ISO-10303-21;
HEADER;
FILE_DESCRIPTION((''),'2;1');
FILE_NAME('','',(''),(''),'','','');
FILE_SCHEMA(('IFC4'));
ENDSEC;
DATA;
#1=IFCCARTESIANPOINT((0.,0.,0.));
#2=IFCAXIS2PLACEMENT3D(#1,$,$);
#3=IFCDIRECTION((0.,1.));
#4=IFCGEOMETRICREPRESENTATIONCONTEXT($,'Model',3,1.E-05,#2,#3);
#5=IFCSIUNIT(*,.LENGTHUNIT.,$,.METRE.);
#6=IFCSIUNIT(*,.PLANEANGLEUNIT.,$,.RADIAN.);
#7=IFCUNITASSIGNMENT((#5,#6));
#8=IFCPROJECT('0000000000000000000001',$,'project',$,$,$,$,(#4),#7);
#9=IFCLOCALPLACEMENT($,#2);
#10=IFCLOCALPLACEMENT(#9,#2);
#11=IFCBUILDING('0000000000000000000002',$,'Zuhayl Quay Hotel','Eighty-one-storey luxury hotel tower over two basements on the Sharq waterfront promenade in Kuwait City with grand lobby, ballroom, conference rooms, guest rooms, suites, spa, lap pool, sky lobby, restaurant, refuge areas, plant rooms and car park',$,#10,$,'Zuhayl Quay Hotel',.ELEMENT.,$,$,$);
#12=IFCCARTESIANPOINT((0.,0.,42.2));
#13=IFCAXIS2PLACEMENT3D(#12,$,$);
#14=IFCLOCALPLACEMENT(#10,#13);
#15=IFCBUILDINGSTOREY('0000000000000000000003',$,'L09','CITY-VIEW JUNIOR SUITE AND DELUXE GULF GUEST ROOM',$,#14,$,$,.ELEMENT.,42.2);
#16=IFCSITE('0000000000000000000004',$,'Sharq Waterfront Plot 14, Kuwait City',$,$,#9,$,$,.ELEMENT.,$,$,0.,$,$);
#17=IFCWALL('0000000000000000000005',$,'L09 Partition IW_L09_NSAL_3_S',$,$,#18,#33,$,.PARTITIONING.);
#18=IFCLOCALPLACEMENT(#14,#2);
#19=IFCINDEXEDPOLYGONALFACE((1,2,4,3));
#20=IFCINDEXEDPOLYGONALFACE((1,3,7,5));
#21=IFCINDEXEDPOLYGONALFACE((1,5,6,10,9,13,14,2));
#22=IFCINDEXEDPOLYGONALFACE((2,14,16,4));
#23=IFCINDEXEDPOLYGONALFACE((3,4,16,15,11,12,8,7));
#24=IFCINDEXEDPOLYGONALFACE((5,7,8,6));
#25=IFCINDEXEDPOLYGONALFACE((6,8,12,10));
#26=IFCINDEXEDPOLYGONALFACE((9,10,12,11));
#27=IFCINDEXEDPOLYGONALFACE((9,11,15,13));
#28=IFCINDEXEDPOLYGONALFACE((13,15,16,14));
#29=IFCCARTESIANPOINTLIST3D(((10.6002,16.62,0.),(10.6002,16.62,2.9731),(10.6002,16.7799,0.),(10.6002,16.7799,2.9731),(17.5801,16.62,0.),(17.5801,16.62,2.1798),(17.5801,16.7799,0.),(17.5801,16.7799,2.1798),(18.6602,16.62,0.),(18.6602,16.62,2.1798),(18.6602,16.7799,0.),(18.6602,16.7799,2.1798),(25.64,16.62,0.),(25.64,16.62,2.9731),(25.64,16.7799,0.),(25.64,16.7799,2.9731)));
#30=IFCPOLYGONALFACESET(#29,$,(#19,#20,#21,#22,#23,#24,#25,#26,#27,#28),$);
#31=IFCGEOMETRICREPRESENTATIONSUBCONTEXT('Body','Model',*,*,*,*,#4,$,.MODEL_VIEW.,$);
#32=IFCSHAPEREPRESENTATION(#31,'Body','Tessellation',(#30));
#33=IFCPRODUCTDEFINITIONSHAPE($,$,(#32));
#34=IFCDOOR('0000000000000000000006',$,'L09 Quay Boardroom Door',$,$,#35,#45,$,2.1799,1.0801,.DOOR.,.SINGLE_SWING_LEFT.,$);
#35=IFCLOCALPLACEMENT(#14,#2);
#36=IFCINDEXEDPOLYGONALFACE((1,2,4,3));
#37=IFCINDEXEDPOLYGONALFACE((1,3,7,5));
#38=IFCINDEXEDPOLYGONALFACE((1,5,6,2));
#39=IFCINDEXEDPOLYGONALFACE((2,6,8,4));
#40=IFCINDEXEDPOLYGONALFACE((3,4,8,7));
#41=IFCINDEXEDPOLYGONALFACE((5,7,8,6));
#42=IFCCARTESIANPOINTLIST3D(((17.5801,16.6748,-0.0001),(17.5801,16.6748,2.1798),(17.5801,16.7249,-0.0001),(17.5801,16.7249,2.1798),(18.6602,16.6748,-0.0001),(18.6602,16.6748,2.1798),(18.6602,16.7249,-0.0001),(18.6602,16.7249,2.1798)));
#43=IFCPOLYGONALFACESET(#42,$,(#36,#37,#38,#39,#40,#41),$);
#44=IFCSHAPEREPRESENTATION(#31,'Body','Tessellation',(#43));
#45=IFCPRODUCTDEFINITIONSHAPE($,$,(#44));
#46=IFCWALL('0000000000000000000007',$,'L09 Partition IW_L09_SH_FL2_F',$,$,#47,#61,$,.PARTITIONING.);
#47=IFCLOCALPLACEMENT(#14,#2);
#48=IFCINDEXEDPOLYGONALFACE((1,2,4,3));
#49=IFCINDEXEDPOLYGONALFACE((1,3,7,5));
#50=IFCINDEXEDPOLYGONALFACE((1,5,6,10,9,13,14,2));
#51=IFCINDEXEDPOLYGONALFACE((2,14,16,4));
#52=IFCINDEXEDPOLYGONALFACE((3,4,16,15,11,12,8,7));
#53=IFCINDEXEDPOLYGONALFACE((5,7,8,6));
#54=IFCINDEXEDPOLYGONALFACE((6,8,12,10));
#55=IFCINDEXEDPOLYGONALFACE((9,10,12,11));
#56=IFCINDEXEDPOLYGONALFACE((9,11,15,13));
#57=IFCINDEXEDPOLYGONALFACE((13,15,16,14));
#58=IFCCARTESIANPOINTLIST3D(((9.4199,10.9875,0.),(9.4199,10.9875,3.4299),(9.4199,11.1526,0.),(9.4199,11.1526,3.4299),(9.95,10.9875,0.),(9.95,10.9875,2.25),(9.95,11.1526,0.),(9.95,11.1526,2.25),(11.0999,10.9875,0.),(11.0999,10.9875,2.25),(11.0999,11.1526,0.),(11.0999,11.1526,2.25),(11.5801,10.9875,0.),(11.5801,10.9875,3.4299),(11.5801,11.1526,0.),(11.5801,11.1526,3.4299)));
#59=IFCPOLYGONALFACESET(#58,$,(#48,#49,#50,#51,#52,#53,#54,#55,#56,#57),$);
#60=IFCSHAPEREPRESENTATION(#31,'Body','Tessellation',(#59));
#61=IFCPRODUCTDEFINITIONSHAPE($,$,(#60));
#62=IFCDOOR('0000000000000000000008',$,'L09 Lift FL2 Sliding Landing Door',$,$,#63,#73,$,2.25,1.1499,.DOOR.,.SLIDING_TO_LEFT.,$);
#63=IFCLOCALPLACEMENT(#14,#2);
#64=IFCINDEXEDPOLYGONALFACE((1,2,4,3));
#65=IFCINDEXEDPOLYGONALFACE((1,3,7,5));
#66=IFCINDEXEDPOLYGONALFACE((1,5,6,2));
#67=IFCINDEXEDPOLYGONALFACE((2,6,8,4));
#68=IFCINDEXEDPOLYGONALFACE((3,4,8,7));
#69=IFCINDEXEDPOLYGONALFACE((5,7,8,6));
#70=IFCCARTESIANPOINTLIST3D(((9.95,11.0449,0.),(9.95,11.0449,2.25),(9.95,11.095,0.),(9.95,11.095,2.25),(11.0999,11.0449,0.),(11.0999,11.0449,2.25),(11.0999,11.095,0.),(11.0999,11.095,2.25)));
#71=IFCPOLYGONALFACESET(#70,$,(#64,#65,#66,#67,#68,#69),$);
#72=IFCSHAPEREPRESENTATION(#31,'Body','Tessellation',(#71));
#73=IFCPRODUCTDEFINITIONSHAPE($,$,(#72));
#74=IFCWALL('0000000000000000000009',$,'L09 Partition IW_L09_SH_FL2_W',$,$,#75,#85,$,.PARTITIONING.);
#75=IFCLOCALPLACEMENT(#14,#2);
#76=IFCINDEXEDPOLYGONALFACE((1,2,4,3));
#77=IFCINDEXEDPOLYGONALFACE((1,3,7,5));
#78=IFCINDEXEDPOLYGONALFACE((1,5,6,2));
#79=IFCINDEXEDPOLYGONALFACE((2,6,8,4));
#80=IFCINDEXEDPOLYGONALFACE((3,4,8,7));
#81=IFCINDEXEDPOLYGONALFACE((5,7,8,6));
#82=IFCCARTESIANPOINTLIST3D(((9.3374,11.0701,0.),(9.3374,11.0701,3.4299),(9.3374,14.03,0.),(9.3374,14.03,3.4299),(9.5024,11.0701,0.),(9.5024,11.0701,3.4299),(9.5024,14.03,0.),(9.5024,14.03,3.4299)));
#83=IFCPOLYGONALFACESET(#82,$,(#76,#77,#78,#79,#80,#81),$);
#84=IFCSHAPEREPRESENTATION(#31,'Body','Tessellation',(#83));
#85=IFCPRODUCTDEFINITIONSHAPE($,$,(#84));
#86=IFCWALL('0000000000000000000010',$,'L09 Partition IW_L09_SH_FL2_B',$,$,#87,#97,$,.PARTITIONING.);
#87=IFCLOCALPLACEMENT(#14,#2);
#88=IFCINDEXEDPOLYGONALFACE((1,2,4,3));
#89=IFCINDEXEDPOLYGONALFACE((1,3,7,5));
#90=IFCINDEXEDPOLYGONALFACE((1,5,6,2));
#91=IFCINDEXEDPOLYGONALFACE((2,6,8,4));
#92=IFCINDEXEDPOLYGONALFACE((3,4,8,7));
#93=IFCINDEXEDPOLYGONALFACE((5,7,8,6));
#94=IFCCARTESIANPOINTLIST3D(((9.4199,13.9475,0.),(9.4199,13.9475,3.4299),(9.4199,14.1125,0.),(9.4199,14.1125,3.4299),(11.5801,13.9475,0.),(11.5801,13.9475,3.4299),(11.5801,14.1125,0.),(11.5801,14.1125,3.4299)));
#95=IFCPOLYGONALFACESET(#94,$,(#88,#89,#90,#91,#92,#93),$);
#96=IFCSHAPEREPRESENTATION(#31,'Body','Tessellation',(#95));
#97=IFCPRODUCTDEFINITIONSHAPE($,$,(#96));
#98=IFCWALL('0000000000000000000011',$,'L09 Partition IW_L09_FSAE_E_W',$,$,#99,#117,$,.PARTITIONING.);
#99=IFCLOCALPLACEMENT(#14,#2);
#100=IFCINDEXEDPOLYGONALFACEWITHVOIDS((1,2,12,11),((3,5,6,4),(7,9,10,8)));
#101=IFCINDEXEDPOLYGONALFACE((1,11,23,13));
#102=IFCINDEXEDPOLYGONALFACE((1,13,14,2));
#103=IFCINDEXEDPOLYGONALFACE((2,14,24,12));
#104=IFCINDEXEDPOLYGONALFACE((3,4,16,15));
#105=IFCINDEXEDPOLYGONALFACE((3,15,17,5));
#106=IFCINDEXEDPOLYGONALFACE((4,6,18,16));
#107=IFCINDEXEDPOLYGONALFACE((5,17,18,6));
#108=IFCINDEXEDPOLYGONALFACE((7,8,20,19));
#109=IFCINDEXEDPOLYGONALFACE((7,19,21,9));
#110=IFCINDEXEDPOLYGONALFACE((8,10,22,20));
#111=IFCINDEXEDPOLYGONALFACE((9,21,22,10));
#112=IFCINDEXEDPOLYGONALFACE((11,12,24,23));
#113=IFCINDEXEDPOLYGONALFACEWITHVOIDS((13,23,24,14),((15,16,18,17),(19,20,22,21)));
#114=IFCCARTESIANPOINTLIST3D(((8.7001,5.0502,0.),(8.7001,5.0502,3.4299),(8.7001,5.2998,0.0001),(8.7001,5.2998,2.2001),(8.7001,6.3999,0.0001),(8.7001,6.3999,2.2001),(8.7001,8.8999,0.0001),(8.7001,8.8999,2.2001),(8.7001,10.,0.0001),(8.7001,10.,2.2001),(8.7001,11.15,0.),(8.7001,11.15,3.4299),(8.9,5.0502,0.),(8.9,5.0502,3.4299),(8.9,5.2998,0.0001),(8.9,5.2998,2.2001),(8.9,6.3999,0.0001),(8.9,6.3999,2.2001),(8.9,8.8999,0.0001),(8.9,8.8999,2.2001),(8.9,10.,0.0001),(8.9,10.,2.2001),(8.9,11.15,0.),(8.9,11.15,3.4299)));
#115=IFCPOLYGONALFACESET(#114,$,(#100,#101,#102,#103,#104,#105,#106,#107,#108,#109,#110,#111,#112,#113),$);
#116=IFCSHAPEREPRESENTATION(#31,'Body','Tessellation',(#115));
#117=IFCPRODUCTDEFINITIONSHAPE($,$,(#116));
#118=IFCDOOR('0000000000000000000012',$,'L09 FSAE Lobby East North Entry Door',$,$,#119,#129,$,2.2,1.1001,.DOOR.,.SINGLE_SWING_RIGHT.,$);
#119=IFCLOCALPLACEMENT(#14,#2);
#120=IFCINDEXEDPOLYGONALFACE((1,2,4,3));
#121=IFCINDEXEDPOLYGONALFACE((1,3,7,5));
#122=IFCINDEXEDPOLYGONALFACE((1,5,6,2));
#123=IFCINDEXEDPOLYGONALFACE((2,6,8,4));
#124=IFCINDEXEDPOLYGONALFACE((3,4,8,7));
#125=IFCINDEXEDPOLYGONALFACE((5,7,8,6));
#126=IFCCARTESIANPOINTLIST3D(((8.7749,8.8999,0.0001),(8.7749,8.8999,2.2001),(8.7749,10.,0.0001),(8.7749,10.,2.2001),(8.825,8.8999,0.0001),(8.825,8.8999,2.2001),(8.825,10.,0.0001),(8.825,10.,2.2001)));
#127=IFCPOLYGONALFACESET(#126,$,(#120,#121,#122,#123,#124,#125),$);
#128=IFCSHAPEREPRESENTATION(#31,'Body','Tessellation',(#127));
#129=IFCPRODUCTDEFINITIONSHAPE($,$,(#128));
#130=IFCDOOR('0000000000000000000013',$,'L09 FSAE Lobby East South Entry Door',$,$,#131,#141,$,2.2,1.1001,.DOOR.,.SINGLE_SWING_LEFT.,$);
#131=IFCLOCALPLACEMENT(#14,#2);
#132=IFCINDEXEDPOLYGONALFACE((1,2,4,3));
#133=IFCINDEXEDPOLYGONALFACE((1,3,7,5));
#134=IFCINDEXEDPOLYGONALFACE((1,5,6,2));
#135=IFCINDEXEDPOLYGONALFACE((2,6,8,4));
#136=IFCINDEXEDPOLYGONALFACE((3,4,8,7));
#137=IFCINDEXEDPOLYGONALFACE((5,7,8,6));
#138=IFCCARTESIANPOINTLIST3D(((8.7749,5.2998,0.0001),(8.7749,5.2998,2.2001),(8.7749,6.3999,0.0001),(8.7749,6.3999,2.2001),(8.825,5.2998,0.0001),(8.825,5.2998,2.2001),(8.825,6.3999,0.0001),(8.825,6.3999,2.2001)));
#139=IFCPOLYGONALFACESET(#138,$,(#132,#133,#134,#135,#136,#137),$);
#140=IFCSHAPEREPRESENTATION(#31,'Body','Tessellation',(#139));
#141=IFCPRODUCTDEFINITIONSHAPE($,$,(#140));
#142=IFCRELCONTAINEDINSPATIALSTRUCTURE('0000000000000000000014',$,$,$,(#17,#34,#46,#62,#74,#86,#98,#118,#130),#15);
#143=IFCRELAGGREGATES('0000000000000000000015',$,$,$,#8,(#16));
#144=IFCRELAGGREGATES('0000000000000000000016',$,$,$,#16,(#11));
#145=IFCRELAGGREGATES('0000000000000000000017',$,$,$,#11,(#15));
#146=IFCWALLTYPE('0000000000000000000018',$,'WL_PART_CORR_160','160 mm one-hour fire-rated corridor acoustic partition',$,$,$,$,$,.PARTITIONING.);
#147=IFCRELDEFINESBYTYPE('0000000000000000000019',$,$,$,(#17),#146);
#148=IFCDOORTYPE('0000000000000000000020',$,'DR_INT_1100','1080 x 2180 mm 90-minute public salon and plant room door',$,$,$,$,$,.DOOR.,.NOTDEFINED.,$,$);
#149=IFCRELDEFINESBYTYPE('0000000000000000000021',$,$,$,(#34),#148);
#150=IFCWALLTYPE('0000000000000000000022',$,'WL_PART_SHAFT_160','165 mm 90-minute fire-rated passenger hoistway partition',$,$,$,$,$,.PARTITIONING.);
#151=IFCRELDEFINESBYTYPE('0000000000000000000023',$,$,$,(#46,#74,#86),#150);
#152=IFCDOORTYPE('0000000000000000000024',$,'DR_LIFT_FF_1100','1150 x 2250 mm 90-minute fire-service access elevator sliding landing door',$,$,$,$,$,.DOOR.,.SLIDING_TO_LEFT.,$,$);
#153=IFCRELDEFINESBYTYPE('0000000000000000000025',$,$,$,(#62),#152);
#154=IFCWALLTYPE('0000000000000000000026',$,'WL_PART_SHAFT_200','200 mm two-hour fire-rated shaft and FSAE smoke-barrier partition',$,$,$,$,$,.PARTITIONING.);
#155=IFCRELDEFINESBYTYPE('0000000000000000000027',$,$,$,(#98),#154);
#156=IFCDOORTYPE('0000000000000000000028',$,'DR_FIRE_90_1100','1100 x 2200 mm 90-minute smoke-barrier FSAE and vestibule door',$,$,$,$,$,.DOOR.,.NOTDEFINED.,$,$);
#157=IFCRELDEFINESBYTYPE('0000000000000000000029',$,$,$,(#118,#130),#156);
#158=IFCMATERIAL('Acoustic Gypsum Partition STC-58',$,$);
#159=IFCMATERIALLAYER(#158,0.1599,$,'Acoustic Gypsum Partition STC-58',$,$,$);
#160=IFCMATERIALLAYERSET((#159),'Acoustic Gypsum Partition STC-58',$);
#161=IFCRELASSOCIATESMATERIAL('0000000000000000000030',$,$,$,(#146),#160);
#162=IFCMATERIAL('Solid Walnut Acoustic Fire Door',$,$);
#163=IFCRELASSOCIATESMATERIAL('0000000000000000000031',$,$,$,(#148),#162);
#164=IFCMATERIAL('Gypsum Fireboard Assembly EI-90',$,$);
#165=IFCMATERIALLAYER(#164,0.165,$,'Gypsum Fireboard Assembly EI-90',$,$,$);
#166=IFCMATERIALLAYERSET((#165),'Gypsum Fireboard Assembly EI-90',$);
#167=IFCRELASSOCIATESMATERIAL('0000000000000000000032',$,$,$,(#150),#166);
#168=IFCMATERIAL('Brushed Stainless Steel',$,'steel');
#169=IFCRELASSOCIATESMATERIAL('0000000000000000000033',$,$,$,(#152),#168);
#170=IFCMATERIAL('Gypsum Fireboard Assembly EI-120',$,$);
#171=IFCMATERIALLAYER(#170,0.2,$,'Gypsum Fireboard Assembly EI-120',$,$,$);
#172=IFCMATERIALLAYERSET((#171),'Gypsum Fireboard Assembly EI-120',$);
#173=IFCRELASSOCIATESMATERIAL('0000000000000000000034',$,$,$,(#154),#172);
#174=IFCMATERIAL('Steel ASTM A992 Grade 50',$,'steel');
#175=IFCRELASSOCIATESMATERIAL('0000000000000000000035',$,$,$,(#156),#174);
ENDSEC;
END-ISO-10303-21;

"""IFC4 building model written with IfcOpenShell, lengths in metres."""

from ifc_helpers import new_model, si_unit, direction, frame, frame_2d, origin, place, context, subcontext, project, spatial, rectangle, extrude, material, layer, layer_set, type_object, element, fill, save


model = new_model("IFC4")

# Units and contexts
model_context = context("Model", 3, precision=1e-05, world=origin(), true_north=direction((0.0, 1.0)))
body_context = subcontext(model_context, "Body", "Model", "MODEL_VIEW")
ifc_project = project(units=[si_unit("LENGTHUNIT", "METRE"), si_unit("PLANEANGLEUNIT", "RADIAN")], contexts=[model_context])

# Site, building, storey
site_placement = place(None, origin())
site = spatial("IfcSite", under=ifc_project, at=site_placement, Name="Sharq Waterfront Plot 14, Kuwait City", CompositionType="ELEMENT", RefElevation=0.0)
building_placement = place(site_placement, origin())
building = spatial("IfcBuilding", under=site, at=building_placement, Name="Zuhayl Quay Hotel", Description="Eighty-one-storey luxury hotel tower over two basements on the Sharq waterfront promenade in Kuwait City with grand lobby, ballroom, conference rooms, guest rooms, suites, spa, lap pool, sky lobby, restaurant, refuge areas, plant rooms and car park", LongName="Zuhayl Quay Hotel", CompositionType="ELEMENT")
storey_placement = place(building_placement, frame((0.0, 0.0, 42.2)))
storey = spatial("IfcBuildingStorey", under=building, at=storey_placement, Name="L09", Description="CITY-VIEW JUNIOR SUITE AND DELUXE GULF GUEST ROOM", CompositionType="ELEMENT", Elevation=42.2)

# Shared definitions
ifc_material_1 = material(Name="Steel ASTM A992 Grade 50", Category="steel")

# Shared definitions
ifc_material_2 = material(Name="Acoustic Gypsum Partition STC-58")

# Walls, openings, doors
ifc_layer_1 = layer(ifc_material_2, 0.1599, Name="Acoustic Gypsum Partition STC-58")
ifc_layer_set_1 = layer_set([ifc_layer_1], Name="Acoustic Gypsum Partition STC-58")
wall_type_1 = type_object("IfcWallType", Name="WL_PART_CORR_160", Description="160 mm one-hour fire-rated corridor acoustic partition", PredefinedType="PARTITIONING", material=ifc_layer_set_1)
wall_1_placement = place(storey_placement, frame((10.6001, 16.7, 0.0), z_axis=(0.0, 0.0, 1.0), x_axis=(1.0, 0.0, 0.0)))
wall_1 = element("IfcWall", 1, at=wall_1_placement, inside=storey, type_object=wall_type_1, Name="L09 Partition IW_L09_NSAL_3_S", PredefinedType="PARTITIONING", context=body_context, shape_type="SweptSolid", body=[
    extrude(rectangle(XDim=15.0398, YDim=0.1599, at=frame_2d((7.52, 0.0))), origin(), (0.0, 0.0, 1.0), 2.9731),
])
opening_1_placement = place(wall_1_placement, frame((6.98, 0.0, 0.0)))
opening_1 = element("IfcOpeningElement", 2, at=opening_1_placement, cuts=wall_1, PredefinedType="OPENING", context=body_context, shape_type="SweptSolid", body=[
    extrude(rectangle(XDim=1.0801, YDim=2.1799, at=frame_2d((0.54, 1.0898))), frame((0.0, 0.0898, 0.0), z_axis=(0.0, -1.0, 0.0), x_axis=(1.0, 0.0, 0.0)), (0.0, 0.0, 1.0), 0.1799),
])
ifc_material_3 = material(Name="Solid Walnut Acoustic Fire Door")
door_type_1 = type_object("IfcDoorType", Name="DR_INT_1100", Description="1080 x 2180 mm 90-minute public salon and plant room door", OperationType="NOTDEFINED", PredefinedType="DOOR", material=ifc_material_3)
door_1_placement = place(opening_1_placement, origin())
door_1 = element("IfcDoor", 3, at=door_1_placement, inside=storey, type_object=door_type_1, Name="L09 Quay Boardroom Door", OperationType="SINGLE_SWING_LEFT", OverallHeight=2.1799, OverallWidth=1.0801, PredefinedType="DOOR", context=body_context, shape_type="SweptSolid", body=[
    extrude(rectangle(XDim=1.0801, YDim=2.1799, at=frame_2d((0.54, 1.0898))), frame((0.0, 0.0249, 0.0), z_axis=(0.0, -1.0, 0.0), x_axis=(1.0, 0.0, 0.0)), (0.0, 0.0, 1.0), 0.05),
])
fill(opening_1, door_1)
ifc_material_4 = material(Name="Gypsum Fireboard Assembly EI-90")
ifc_layer_2 = layer(ifc_material_4, 0.165, Name="Gypsum Fireboard Assembly EI-90")
ifc_layer_set_2 = layer_set([ifc_layer_2], Name="Gypsum Fireboard Assembly EI-90")
wall_type_2 = type_object("IfcWallType", Name="WL_PART_SHAFT_160", Description="165 mm 90-minute fire-rated passenger hoistway partition", PredefinedType="PARTITIONING", material=ifc_layer_set_2)
wall_2_placement = place(storey_placement, frame((9.4199, 11.0701, 0.0), z_axis=(0.0, 0.0, 1.0), x_axis=(1.0, 0.0, 0.0)))
wall_2 = element("IfcWall", 4, at=wall_2_placement, inside=storey, type_object=wall_type_2, Name="L09 Partition IW_L09_SH_FL2_F", PredefinedType="PARTITIONING", context=body_context, shape_type="SweptSolid", body=[
    extrude(rectangle(XDim=2.1602, YDim=0.165, at=frame_2d((1.0801, 0.0))), origin(), (0.0, 0.0, 1.0), 3.4299),
])
opening_2_placement = place(wall_2_placement, frame((0.53, 0.0, 0.0)))
opening_2 = element("IfcOpeningElement", 5, at=opening_2_placement, cuts=wall_2, PredefinedType="OPENING", context=body_context, shape_type="SweptSolid", body=[
    extrude(rectangle(XDim=1.1499, YDim=2.25, at=frame_2d((0.575, 1.125))), frame((0.0, 0.0925, 0.0), z_axis=(0.0, -1.0, 0.0), x_axis=(1.0, 0.0, 0.0)), (0.0, 0.0, 1.0), 0.1851),
])
ifc_material_5 = material(Name="Brushed Stainless Steel", Category="steel")
door_type_2 = type_object("IfcDoorType", Name="DR_LIFT_FF_1100", Description="1150 x 2250 mm 90-minute fire-service access elevator sliding landing door", OperationType="SLIDING_TO_LEFT", PredefinedType="DOOR", material=ifc_material_5)
door_2_placement = place(opening_2_placement, origin())
door_2 = element("IfcDoor", 6, at=door_2_placement, inside=storey, type_object=door_type_2, Name="L09 Lift FL2 Sliding Landing Door", OperationType="SLIDING_TO_LEFT", OverallHeight=2.25, OverallWidth=1.1499, PredefinedType="DOOR", context=body_context, shape_type="SweptSolid", body=[
    extrude(rectangle(XDim=1.1499, YDim=2.25, at=frame_2d((0.575, 1.125))), frame((0.0, 0.0249, 0.0), z_axis=(0.0, -1.0, 0.0), x_axis=(1.0, 0.0, 0.0)), (0.0, 0.0, 1.0), 0.05),
])
fill(opening_2, door_2)

# Walls
wall_3_placement = place(storey_placement, frame((9.4199, 11.0701, 0.0), z_axis=(0.0, 0.0, 1.0), x_axis=(0.0, 1.0, 0.0)))
element("IfcWall", 7, at=wall_3_placement, inside=storey, type_object=wall_type_2, Name="L09 Partition IW_L09_SH_FL2_W", PredefinedType="PARTITIONING", context=body_context, shape_type="SweptSolid", body=[
    extrude(rectangle(XDim=2.96, YDim=0.165, at=frame_2d((1.48, 0.0))), origin(), (0.0, 0.0, 1.0), 3.4299),
])
wall_4_placement = place(storey_placement, frame((9.4199, 14.03, 0.0), z_axis=(0.0, 0.0, 1.0), x_axis=(1.0, 0.0, 0.0)))
element("IfcWall", 8, at=wall_4_placement, inside=storey, type_object=wall_type_2, Name="L09 Partition IW_L09_SH_FL2_B", PredefinedType="PARTITIONING", context=body_context, shape_type="SweptSolid", body=[
    extrude(rectangle(XDim=2.1602, YDim=0.165, at=frame_2d((1.0801, 0.0))), origin(), (0.0, 0.0, 1.0), 3.4299),
])

# Wall, openings, doors
ifc_material_6 = material(Name="Gypsum Fireboard Assembly EI-120")
ifc_layer_3 = layer(ifc_material_6, 0.2, Name="Gypsum Fireboard Assembly EI-120")
ifc_layer_set_3 = layer_set([ifc_layer_3], Name="Gypsum Fireboard Assembly EI-120")
wall_type_3 = type_object("IfcWallType", Name="WL_PART_SHAFT_200", Description="200 mm two-hour fire-rated shaft and FSAE smoke-barrier partition", PredefinedType="PARTITIONING", material=ifc_layer_set_3)
wall_5_placement = place(storey_placement, frame((8.8, 11.1499, 0.0), z_axis=(0.0, 0.0, 1.0), x_axis=(0.0, -1.0, 0.0)))
wall_5 = element("IfcWall", 9, at=wall_5_placement, inside=storey, type_object=wall_type_3, Name="L09 Partition IW_L09_FSAE_E_W", PredefinedType="PARTITIONING", context=body_context, shape_type="SweptSolid", body=[
    extrude(rectangle(XDim=6.0999, YDim=0.2, at=frame_2d((3.0498, 0.0))), origin(), (0.0, 0.0, 1.0), 3.4299),
])
opening_3_placement = place(wall_5_placement, frame((1.1499, 0.0, 0.0)))
opening_3 = element("IfcOpeningElement", 10, at=opening_3_placement, cuts=wall_5, PredefinedType="OPENING", context=body_context, shape_type="SweptSolid", body=[
    extrude(rectangle(XDim=1.1001, YDim=2.2, at=frame_2d((0.55, 1.1001))), frame((0.0, 0.1099, 0.0), z_axis=(0.0, -1.0, 0.0), x_axis=(1.0, 0.0, 0.0)), (0.0, 0.0, 1.0), 0.22),
])
opening_4_placement = place(wall_5_placement, frame((4.75, 0.0, 0.0)))
opening_4 = element("IfcOpeningElement", 11, at=opening_4_placement, cuts=wall_5, PredefinedType="OPENING", context=body_context, shape_type="SweptSolid", body=[
    extrude(rectangle(XDim=1.1001, YDim=2.2, at=frame_2d((0.55, 1.1001))), frame((0.0, 0.1099, 0.0), z_axis=(0.0, -1.0, 0.0), x_axis=(1.0, 0.0, 0.0)), (0.0, 0.0, 1.0), 0.22),
])
door_type_3 = type_object("IfcDoorType", Name="DR_FIRE_90_1100", Description="1100 x 2200 mm 90-minute smoke-barrier FSAE and vestibule door", OperationType="NOTDEFINED", PredefinedType="DOOR", material=ifc_material_1)
door_3_placement = place(opening_3_placement, origin())
door_3 = element("IfcDoor", 12, at=door_3_placement, inside=storey, type_object=door_type_3, Name="L09 FSAE Lobby East North Entry Door", OperationType="SINGLE_SWING_RIGHT", OverallHeight=2.2, OverallWidth=1.1001, PredefinedType="DOOR", context=body_context, shape_type="SweptSolid", body=[
    extrude(rectangle(XDim=1.1001, YDim=2.2, at=frame_2d((0.55, 1.1001))), frame((0.0, 0.0249, 0.0), z_axis=(0.0, -1.0, 0.0), x_axis=(1.0, 0.0, 0.0)), (0.0, 0.0, 1.0), 0.05),
])
fill(opening_3, door_3)
door_4_placement = place(opening_4_placement, origin())
door_4 = element("IfcDoor", 13, at=door_4_placement, inside=storey, type_object=door_type_3, Name="L09 FSAE Lobby East South Entry Door", OperationType="SINGLE_SWING_LEFT", OverallHeight=2.2, OverallWidth=1.1001, PredefinedType="DOOR", context=body_context, shape_type="SweptSolid", body=[
    extrude(rectangle(XDim=1.1001, YDim=2.2, at=frame_2d((0.55, 1.1001))), frame((0.0, 0.0249, 0.0), z_axis=(0.0, -1.0, 0.0), x_axis=(1.0, 0.0, 0.0)), (0.0, 0.0, 1.0), 0.05),
])
fill(opening_4, door_4)

save(model, "model.ifc")
